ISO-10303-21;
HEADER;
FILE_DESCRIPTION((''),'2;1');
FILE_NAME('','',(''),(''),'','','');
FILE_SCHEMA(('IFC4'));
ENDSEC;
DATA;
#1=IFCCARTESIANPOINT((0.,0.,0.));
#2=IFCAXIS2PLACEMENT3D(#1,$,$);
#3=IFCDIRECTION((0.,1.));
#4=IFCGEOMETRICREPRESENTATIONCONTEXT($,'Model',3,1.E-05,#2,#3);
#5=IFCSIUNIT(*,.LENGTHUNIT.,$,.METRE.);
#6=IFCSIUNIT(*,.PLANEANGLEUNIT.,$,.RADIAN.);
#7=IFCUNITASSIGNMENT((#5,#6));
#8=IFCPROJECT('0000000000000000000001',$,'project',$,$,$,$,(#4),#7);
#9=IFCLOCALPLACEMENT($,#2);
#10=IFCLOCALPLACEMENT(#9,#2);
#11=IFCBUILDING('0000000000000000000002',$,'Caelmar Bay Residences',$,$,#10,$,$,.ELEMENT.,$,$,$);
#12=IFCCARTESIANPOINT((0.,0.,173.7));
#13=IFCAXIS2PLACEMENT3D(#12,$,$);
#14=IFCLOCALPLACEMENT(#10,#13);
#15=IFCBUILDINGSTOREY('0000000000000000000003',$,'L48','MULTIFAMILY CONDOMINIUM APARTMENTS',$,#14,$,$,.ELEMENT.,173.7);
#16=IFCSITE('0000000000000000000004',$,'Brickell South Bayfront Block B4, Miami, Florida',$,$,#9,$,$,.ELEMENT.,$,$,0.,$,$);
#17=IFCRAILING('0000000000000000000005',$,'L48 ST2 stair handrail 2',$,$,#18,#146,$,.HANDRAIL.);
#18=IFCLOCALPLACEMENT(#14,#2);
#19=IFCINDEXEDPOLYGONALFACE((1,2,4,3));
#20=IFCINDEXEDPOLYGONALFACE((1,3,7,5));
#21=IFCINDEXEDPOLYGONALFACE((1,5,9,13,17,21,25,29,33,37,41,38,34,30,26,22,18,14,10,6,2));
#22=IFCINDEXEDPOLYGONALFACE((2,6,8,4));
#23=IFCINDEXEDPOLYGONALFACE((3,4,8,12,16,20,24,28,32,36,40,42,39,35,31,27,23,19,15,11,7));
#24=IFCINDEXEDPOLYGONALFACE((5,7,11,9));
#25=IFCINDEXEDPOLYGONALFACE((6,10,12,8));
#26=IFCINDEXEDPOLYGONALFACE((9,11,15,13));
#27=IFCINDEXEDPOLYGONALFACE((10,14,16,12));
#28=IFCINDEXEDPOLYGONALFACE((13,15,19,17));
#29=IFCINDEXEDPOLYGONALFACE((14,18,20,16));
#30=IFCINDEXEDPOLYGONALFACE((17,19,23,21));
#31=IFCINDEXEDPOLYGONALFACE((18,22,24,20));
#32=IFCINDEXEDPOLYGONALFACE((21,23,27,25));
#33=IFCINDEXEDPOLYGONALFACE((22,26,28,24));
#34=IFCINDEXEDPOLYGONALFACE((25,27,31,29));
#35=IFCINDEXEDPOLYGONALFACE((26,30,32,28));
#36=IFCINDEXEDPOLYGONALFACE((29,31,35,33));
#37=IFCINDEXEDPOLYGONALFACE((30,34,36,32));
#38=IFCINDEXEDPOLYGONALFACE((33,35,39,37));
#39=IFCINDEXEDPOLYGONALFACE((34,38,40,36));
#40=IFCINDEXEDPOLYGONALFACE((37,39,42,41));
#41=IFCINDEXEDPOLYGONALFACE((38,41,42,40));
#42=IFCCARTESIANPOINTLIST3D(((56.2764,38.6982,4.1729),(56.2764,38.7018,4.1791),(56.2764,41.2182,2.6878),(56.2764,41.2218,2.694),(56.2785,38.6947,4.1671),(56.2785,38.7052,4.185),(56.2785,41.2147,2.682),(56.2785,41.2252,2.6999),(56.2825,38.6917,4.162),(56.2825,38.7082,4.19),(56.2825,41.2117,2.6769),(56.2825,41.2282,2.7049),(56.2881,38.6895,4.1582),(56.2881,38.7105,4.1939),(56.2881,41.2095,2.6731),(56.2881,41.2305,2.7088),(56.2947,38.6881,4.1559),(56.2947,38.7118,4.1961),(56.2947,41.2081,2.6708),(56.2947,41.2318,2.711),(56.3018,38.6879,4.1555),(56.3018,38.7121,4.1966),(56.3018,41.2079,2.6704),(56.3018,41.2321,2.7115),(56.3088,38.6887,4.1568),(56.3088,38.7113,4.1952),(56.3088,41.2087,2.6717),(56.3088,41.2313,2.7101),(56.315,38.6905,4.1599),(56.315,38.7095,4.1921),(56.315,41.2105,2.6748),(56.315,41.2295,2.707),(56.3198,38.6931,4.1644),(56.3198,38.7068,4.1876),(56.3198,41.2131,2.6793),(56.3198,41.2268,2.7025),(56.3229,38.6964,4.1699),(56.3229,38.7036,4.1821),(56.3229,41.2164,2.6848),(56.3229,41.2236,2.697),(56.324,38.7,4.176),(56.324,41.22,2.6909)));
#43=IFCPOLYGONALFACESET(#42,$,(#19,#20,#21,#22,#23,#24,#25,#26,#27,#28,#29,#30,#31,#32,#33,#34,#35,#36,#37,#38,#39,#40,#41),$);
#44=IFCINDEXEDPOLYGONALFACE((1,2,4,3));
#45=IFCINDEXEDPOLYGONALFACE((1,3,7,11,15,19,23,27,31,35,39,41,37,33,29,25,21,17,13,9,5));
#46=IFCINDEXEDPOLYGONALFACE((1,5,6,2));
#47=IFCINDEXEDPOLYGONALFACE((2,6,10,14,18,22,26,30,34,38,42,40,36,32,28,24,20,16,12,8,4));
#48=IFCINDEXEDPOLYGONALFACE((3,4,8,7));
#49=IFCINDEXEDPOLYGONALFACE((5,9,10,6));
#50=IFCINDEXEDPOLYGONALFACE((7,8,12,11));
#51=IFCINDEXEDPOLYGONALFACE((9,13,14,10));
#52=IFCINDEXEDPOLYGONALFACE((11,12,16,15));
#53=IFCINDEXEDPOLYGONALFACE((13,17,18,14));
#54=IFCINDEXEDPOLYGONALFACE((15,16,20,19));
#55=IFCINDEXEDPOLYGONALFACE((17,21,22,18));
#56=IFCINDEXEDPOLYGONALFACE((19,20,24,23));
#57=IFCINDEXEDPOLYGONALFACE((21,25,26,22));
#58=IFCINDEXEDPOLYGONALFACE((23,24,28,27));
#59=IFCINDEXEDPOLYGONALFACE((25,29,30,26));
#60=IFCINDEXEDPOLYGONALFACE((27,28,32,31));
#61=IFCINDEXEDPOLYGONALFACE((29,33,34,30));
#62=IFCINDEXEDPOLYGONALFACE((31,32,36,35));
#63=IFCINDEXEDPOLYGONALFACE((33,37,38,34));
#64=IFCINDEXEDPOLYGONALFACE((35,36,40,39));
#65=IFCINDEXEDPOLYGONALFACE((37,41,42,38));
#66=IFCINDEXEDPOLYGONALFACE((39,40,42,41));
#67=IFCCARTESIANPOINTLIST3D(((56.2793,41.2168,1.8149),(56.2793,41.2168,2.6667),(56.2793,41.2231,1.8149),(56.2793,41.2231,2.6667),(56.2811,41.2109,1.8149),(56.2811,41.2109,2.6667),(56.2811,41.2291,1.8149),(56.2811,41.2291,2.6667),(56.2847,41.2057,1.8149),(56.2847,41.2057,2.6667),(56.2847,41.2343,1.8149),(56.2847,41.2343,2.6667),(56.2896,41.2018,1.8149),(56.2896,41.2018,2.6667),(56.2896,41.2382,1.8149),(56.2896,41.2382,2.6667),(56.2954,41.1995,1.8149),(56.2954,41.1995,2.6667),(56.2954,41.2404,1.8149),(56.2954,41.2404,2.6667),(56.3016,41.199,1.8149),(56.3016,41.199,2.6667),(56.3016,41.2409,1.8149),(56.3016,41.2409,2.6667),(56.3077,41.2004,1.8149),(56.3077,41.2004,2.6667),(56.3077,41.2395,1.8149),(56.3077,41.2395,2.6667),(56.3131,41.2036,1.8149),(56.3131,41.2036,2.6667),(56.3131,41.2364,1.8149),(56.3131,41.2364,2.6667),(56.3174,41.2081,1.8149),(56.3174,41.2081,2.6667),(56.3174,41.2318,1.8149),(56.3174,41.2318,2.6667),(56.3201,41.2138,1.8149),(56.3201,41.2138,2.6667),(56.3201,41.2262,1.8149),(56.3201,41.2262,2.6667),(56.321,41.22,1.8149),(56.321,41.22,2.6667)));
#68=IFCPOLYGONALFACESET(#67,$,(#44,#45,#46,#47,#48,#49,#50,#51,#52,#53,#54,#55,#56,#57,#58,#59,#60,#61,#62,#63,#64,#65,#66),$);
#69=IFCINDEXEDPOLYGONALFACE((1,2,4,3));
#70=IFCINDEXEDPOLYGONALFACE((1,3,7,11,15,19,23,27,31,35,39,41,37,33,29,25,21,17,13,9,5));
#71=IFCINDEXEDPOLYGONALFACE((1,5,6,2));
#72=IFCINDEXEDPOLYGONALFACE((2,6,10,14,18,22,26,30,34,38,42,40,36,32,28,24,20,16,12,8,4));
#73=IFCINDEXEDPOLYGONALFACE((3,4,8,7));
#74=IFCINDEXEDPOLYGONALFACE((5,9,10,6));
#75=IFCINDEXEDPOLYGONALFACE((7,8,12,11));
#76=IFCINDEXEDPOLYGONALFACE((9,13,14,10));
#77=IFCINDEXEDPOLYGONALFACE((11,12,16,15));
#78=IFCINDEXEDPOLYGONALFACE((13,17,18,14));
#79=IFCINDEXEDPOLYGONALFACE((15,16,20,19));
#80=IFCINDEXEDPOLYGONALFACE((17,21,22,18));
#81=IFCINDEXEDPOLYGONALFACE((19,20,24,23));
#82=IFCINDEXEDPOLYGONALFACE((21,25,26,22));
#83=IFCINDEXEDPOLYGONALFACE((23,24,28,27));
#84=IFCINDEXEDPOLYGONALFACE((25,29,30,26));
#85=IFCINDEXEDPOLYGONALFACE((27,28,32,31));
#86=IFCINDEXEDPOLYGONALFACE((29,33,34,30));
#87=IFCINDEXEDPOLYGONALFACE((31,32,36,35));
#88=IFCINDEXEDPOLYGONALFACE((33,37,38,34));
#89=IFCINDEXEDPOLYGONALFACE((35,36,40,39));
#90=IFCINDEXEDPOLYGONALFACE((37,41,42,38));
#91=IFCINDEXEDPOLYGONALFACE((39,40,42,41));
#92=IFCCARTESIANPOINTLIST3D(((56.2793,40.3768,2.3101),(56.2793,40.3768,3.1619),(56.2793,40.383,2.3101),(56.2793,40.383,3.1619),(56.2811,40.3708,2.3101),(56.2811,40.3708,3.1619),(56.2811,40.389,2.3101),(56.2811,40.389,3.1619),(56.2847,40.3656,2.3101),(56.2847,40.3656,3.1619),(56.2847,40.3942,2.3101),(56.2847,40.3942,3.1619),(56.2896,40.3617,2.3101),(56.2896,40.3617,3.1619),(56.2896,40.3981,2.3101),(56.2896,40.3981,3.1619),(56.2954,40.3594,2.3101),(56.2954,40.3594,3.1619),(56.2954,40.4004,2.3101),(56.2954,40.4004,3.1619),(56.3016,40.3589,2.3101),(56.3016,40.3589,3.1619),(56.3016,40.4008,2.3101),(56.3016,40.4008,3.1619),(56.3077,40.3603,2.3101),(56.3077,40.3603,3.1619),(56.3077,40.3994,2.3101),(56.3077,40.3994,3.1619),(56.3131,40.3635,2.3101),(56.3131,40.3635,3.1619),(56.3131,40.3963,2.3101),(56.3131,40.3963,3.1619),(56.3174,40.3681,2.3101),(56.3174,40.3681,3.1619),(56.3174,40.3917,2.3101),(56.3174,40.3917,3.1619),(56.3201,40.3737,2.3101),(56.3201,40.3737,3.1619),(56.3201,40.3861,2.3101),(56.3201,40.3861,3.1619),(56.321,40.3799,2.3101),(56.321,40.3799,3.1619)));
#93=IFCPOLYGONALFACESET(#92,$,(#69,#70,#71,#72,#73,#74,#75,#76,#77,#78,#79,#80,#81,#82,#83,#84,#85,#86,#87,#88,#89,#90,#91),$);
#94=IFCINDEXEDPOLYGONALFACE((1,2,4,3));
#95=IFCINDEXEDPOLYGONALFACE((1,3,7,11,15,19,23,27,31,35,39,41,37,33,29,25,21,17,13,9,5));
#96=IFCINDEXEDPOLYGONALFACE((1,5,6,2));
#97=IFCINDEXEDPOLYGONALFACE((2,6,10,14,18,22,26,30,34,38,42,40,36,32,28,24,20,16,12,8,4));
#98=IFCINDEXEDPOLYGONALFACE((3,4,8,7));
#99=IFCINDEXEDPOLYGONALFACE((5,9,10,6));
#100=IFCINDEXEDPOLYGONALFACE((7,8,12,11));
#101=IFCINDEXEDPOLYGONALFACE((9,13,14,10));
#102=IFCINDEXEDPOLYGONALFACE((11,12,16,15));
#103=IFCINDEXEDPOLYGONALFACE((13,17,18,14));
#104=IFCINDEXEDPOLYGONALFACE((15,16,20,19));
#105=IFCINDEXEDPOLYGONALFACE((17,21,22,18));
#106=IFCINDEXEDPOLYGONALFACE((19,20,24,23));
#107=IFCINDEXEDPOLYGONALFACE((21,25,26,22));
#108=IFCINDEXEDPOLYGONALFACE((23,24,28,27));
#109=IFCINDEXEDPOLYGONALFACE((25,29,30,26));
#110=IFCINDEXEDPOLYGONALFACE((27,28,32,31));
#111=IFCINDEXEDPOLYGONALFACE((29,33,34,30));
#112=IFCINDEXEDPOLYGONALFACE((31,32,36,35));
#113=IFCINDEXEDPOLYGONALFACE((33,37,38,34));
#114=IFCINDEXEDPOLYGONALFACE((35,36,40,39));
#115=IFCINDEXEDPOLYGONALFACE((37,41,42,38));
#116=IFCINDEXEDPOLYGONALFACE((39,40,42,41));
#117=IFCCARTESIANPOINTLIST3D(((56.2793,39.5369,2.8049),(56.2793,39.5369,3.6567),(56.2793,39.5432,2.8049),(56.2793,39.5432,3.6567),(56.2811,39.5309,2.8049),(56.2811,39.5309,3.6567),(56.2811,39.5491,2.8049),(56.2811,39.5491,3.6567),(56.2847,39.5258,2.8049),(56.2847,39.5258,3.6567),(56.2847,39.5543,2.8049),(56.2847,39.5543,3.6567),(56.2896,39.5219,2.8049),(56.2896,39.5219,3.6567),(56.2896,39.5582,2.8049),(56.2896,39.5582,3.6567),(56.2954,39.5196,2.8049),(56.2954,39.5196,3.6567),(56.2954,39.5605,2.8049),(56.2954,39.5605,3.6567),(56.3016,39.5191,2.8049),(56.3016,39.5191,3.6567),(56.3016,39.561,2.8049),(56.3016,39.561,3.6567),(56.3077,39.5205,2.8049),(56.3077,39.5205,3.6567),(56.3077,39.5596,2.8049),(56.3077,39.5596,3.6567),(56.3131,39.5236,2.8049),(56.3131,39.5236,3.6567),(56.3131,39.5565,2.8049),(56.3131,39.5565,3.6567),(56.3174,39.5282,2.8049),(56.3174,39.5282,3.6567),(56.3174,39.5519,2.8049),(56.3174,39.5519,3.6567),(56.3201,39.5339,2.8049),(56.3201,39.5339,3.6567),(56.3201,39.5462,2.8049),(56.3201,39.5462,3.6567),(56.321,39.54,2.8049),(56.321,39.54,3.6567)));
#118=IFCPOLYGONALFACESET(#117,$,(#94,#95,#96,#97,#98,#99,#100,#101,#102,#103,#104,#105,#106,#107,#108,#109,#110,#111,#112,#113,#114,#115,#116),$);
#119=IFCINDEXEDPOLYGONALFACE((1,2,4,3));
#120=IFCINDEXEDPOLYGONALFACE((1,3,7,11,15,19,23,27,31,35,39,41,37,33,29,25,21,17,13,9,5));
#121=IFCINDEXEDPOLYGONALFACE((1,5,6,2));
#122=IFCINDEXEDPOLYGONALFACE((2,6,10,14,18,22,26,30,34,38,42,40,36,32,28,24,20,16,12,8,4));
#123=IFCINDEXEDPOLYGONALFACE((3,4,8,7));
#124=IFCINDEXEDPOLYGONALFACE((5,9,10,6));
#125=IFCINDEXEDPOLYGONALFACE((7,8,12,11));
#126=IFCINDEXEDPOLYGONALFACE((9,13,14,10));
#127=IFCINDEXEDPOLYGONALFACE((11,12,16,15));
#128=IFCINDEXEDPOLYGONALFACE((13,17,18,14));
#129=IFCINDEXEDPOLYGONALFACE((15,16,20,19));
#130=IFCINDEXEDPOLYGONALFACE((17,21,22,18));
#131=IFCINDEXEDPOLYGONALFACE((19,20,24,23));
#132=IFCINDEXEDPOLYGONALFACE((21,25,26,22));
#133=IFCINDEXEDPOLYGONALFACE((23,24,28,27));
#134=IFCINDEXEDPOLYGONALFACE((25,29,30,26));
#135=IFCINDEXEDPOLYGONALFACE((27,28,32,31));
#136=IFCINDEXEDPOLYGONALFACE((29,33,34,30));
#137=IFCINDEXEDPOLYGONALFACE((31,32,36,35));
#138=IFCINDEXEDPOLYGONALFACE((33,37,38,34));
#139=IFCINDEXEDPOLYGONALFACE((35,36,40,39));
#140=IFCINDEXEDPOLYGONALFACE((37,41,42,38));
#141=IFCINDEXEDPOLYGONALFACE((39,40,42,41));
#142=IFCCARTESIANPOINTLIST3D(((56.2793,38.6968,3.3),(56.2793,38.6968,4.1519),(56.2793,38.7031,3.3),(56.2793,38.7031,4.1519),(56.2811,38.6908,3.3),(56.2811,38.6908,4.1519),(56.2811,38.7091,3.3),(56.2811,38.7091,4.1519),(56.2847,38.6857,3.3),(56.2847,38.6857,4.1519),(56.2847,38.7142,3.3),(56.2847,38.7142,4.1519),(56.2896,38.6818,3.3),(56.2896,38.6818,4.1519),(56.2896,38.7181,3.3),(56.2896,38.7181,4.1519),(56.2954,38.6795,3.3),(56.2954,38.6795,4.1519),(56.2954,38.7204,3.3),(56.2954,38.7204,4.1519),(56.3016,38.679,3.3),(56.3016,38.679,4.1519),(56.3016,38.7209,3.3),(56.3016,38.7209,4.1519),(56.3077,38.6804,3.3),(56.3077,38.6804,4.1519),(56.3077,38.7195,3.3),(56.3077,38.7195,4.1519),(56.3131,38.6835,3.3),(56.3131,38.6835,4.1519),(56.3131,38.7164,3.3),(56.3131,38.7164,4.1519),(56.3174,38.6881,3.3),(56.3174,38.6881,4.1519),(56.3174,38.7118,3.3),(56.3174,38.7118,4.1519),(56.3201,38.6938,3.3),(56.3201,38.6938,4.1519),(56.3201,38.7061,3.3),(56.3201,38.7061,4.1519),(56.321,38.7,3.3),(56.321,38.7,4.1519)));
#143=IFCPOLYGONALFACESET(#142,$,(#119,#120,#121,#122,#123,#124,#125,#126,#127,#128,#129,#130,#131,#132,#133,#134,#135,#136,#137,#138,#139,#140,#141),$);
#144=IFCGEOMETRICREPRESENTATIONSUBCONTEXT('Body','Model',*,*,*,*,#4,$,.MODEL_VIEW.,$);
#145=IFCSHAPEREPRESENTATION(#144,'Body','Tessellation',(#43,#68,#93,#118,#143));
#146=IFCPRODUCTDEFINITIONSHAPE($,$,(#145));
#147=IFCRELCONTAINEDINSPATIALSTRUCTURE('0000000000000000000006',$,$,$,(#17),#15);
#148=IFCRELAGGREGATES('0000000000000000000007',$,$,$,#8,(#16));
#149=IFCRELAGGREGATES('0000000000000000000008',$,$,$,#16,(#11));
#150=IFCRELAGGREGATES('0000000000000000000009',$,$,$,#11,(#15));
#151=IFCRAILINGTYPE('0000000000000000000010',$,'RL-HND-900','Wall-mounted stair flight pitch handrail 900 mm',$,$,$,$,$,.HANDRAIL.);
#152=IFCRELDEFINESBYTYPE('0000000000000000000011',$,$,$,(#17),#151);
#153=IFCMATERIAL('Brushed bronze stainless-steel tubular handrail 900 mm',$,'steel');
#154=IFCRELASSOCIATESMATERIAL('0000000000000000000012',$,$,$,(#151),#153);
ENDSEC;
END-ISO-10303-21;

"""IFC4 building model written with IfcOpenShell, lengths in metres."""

from ifc_helpers import new_model, si_unit, direction, frame, origin, origin_2d, place, context, subcontext, project, spatial, circle, extrude, material, type_object, element, save


model = new_model("IFC4")

# Units and contexts
model_context = context("Model", 3, precision=1e-05, world=origin(), true_north=direction((0.0, 1.0)))
body_context = subcontext(model_context, "Body", "Model", "MODEL_VIEW")
ifc_project = project(units=[si_unit("LENGTHUNIT", "METRE"), si_unit("PLANEANGLEUNIT", "RADIAN")], contexts=[model_context])

# Site, building, storey
site_placement = place(None, origin())
site = spatial("IfcSite", under=ifc_project, at=site_placement, Name="Brickell South Bayfront Block B4, Miami, Florida", CompositionType="ELEMENT", RefElevation=0.0)
building_placement = place(site_placement, origin())
building = spatial("IfcBuilding", under=site, at=building_placement, Name="Caelmar Bay Residences", CompositionType="ELEMENT")
storey_placement = place(building_placement, frame((0.0, 0.0, 173.7)))
storey = spatial("IfcBuildingStorey", under=building, at=storey_placement, Name="L48", Description="MULTIFAMILY CONDOMINIUM APARTMENTS", CompositionType="ELEMENT", Elevation=173.7)

# Railing
ifc_material_1 = material(Name="Brushed bronze stainless-steel tubular handrail 900 mm", Category="steel")
railing_type_1 = type_object("IfcRailingType", Name="RL-HND-900", Description="Wall-mounted stair flight pitch handrail 900 mm", PredefinedType="HANDRAIL", material=ifc_material_1)
railing_1_placement = place(storey_placement, frame((56.3, 41.22, 1.8149)))
element("IfcRailing", 1, at=railing_1_placement, inside=storey, type_object=railing_type_1, Name="L48 ST2 stair handrail 2", PredefinedType="HANDRAIL", context=body_context, shape_type="SweptSolid", body=[
    extrude(circle(Radius=0.0239, at=origin_2d()), frame((0.0, 0.0, 0.876), z_axis=(0.0, -0.861524, 0.507717), x_axis=(1.0, 0.0, 0.0)), (0.0, 0.0, 1.0), 2.925),
    extrude(circle(Radius=0.021, at=origin_2d()), origin(), (0.0, 0.0, 1.0), 0.8518),
    extrude(circle(Radius=0.021, at=origin_2d()), frame((0.0, -0.8401, 0.4951)), (0.0, 0.0, 1.0), 0.8518),
    extrude(circle(Radius=0.021, at=origin_2d()), frame((0.0, -1.6799, 0.99)), (0.0, 0.0, 1.0), 0.8518),
    extrude(circle(Radius=0.021, at=origin_2d()), frame((0.0, -2.52, 1.4851)), (0.0, 0.0, 1.0), 0.8518),
])

save(model, "model.ifc")
